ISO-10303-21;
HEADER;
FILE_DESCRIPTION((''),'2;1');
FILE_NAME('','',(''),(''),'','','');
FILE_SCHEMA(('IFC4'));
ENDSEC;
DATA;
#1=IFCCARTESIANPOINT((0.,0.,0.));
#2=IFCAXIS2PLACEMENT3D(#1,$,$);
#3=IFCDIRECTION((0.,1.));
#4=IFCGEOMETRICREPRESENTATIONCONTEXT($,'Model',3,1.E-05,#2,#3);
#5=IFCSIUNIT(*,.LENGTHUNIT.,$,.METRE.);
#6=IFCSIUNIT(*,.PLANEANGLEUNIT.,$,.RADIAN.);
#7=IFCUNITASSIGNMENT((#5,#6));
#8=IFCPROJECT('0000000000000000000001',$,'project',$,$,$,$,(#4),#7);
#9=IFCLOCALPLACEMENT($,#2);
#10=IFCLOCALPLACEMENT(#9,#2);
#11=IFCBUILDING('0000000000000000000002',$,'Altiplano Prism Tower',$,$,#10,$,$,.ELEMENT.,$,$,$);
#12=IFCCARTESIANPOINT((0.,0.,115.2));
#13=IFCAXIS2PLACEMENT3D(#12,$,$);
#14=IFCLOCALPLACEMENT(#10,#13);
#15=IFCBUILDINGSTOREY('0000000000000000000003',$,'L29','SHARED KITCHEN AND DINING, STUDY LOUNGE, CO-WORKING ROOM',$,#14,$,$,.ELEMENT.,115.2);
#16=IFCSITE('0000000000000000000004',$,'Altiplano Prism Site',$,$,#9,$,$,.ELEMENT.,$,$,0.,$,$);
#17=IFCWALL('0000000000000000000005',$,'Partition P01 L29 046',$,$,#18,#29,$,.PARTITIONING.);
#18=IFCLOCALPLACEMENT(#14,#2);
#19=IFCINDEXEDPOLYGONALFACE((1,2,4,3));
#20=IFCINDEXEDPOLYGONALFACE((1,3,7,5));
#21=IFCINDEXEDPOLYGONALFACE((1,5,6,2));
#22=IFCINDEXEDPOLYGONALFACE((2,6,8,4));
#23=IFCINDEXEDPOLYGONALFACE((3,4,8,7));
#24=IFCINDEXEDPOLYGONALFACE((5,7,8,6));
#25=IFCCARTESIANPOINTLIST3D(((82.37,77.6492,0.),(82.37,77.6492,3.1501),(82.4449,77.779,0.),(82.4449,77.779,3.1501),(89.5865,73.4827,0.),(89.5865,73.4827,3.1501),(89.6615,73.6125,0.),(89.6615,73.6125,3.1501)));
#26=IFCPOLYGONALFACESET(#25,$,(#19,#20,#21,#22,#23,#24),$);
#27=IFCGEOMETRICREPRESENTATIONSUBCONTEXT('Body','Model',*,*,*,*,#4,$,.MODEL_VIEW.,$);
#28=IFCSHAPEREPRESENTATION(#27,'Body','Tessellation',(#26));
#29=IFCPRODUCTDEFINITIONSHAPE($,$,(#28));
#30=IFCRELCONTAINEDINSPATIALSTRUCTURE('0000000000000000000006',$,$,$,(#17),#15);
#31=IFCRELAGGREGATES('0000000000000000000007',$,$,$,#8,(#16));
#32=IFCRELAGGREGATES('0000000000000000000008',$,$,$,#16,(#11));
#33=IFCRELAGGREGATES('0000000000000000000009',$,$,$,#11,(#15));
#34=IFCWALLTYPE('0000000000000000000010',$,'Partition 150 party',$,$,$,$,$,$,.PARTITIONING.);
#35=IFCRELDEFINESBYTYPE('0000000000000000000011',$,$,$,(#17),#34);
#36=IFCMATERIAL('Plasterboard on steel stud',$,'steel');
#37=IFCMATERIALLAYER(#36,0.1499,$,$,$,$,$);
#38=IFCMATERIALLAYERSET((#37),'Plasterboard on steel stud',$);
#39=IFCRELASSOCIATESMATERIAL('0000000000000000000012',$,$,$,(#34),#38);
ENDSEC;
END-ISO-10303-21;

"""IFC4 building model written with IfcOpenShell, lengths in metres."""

from ifc_helpers import new_model, si_unit, direction, frame, frame_2d, origin, place, context, subcontext, project, spatial, rectangle, extrude, material, layer, layer_set, type_object, element, save


model = new_model("IFC4")

# Units and contexts
model_context = context("Model", 3, precision=1e-05, world=origin(), true_north=direction((0.0, 1.0)))
body_context = subcontext(model_context, "Body", "Model", "MODEL_VIEW")
ifc_project = project(units=[si_unit("LENGTHUNIT", "METRE"), si_unit("PLANEANGLEUNIT", "RADIAN")], contexts=[model_context])

# Site, building, storey
site_placement = place(None, origin())
site = spatial("IfcSite", under=ifc_project, at=site_placement, Name="Altiplano Prism Site", CompositionType="ELEMENT", RefElevation=0.0)
building_placement = place(site_placement, origin())
building = spatial("IfcBuilding", under=site, at=building_placement, Name="Altiplano Prism Tower", CompositionType="ELEMENT")
storey_placement = place(building_placement, frame((0.0, 0.0, 115.2)))
storey = spatial("IfcBuildingStorey", under=building, at=storey_placement, Name="L29", Description="SHARED KITCHEN AND DINING, STUDY LOUNGE, CO-WORKING ROOM", CompositionType="ELEMENT", Elevation=115.2)

# Wall
ifc_material_1 = material(Name="Plasterboard on steel stud", Category="steel")
ifc_layer_1 = layer(ifc_material_1, 0.1499)
ifc_layer_set_1 = layer_set([ifc_layer_1], Name="Plasterboard on steel stud")
wall_type_1 = type_object("IfcWallType", Name="Partition 150 party", PredefinedType="PARTITIONING", material=ifc_layer_set_1)
wall_1_placement = place(storey_placement, frame((89.624, 73.5476, 0.0), z_axis=(0.0, 0.0, 1.0), x_axis=(-0.866024, 0.500002, 0.0)))
element("IfcWall", 1, at=wall_1_placement, inside=storey, type_object=wall_type_1, Name="Partition P01 L29 046", PredefinedType="PARTITIONING", context=body_context, shape_type="SweptSolid", body=[
    extrude(rectangle(XDim=8.333, YDim=0.1499, at=frame_2d((4.1665, 0.0))), origin(), (0.0, 0.0, 1.0), 3.1501),
])

save(model, "model.ifc")
